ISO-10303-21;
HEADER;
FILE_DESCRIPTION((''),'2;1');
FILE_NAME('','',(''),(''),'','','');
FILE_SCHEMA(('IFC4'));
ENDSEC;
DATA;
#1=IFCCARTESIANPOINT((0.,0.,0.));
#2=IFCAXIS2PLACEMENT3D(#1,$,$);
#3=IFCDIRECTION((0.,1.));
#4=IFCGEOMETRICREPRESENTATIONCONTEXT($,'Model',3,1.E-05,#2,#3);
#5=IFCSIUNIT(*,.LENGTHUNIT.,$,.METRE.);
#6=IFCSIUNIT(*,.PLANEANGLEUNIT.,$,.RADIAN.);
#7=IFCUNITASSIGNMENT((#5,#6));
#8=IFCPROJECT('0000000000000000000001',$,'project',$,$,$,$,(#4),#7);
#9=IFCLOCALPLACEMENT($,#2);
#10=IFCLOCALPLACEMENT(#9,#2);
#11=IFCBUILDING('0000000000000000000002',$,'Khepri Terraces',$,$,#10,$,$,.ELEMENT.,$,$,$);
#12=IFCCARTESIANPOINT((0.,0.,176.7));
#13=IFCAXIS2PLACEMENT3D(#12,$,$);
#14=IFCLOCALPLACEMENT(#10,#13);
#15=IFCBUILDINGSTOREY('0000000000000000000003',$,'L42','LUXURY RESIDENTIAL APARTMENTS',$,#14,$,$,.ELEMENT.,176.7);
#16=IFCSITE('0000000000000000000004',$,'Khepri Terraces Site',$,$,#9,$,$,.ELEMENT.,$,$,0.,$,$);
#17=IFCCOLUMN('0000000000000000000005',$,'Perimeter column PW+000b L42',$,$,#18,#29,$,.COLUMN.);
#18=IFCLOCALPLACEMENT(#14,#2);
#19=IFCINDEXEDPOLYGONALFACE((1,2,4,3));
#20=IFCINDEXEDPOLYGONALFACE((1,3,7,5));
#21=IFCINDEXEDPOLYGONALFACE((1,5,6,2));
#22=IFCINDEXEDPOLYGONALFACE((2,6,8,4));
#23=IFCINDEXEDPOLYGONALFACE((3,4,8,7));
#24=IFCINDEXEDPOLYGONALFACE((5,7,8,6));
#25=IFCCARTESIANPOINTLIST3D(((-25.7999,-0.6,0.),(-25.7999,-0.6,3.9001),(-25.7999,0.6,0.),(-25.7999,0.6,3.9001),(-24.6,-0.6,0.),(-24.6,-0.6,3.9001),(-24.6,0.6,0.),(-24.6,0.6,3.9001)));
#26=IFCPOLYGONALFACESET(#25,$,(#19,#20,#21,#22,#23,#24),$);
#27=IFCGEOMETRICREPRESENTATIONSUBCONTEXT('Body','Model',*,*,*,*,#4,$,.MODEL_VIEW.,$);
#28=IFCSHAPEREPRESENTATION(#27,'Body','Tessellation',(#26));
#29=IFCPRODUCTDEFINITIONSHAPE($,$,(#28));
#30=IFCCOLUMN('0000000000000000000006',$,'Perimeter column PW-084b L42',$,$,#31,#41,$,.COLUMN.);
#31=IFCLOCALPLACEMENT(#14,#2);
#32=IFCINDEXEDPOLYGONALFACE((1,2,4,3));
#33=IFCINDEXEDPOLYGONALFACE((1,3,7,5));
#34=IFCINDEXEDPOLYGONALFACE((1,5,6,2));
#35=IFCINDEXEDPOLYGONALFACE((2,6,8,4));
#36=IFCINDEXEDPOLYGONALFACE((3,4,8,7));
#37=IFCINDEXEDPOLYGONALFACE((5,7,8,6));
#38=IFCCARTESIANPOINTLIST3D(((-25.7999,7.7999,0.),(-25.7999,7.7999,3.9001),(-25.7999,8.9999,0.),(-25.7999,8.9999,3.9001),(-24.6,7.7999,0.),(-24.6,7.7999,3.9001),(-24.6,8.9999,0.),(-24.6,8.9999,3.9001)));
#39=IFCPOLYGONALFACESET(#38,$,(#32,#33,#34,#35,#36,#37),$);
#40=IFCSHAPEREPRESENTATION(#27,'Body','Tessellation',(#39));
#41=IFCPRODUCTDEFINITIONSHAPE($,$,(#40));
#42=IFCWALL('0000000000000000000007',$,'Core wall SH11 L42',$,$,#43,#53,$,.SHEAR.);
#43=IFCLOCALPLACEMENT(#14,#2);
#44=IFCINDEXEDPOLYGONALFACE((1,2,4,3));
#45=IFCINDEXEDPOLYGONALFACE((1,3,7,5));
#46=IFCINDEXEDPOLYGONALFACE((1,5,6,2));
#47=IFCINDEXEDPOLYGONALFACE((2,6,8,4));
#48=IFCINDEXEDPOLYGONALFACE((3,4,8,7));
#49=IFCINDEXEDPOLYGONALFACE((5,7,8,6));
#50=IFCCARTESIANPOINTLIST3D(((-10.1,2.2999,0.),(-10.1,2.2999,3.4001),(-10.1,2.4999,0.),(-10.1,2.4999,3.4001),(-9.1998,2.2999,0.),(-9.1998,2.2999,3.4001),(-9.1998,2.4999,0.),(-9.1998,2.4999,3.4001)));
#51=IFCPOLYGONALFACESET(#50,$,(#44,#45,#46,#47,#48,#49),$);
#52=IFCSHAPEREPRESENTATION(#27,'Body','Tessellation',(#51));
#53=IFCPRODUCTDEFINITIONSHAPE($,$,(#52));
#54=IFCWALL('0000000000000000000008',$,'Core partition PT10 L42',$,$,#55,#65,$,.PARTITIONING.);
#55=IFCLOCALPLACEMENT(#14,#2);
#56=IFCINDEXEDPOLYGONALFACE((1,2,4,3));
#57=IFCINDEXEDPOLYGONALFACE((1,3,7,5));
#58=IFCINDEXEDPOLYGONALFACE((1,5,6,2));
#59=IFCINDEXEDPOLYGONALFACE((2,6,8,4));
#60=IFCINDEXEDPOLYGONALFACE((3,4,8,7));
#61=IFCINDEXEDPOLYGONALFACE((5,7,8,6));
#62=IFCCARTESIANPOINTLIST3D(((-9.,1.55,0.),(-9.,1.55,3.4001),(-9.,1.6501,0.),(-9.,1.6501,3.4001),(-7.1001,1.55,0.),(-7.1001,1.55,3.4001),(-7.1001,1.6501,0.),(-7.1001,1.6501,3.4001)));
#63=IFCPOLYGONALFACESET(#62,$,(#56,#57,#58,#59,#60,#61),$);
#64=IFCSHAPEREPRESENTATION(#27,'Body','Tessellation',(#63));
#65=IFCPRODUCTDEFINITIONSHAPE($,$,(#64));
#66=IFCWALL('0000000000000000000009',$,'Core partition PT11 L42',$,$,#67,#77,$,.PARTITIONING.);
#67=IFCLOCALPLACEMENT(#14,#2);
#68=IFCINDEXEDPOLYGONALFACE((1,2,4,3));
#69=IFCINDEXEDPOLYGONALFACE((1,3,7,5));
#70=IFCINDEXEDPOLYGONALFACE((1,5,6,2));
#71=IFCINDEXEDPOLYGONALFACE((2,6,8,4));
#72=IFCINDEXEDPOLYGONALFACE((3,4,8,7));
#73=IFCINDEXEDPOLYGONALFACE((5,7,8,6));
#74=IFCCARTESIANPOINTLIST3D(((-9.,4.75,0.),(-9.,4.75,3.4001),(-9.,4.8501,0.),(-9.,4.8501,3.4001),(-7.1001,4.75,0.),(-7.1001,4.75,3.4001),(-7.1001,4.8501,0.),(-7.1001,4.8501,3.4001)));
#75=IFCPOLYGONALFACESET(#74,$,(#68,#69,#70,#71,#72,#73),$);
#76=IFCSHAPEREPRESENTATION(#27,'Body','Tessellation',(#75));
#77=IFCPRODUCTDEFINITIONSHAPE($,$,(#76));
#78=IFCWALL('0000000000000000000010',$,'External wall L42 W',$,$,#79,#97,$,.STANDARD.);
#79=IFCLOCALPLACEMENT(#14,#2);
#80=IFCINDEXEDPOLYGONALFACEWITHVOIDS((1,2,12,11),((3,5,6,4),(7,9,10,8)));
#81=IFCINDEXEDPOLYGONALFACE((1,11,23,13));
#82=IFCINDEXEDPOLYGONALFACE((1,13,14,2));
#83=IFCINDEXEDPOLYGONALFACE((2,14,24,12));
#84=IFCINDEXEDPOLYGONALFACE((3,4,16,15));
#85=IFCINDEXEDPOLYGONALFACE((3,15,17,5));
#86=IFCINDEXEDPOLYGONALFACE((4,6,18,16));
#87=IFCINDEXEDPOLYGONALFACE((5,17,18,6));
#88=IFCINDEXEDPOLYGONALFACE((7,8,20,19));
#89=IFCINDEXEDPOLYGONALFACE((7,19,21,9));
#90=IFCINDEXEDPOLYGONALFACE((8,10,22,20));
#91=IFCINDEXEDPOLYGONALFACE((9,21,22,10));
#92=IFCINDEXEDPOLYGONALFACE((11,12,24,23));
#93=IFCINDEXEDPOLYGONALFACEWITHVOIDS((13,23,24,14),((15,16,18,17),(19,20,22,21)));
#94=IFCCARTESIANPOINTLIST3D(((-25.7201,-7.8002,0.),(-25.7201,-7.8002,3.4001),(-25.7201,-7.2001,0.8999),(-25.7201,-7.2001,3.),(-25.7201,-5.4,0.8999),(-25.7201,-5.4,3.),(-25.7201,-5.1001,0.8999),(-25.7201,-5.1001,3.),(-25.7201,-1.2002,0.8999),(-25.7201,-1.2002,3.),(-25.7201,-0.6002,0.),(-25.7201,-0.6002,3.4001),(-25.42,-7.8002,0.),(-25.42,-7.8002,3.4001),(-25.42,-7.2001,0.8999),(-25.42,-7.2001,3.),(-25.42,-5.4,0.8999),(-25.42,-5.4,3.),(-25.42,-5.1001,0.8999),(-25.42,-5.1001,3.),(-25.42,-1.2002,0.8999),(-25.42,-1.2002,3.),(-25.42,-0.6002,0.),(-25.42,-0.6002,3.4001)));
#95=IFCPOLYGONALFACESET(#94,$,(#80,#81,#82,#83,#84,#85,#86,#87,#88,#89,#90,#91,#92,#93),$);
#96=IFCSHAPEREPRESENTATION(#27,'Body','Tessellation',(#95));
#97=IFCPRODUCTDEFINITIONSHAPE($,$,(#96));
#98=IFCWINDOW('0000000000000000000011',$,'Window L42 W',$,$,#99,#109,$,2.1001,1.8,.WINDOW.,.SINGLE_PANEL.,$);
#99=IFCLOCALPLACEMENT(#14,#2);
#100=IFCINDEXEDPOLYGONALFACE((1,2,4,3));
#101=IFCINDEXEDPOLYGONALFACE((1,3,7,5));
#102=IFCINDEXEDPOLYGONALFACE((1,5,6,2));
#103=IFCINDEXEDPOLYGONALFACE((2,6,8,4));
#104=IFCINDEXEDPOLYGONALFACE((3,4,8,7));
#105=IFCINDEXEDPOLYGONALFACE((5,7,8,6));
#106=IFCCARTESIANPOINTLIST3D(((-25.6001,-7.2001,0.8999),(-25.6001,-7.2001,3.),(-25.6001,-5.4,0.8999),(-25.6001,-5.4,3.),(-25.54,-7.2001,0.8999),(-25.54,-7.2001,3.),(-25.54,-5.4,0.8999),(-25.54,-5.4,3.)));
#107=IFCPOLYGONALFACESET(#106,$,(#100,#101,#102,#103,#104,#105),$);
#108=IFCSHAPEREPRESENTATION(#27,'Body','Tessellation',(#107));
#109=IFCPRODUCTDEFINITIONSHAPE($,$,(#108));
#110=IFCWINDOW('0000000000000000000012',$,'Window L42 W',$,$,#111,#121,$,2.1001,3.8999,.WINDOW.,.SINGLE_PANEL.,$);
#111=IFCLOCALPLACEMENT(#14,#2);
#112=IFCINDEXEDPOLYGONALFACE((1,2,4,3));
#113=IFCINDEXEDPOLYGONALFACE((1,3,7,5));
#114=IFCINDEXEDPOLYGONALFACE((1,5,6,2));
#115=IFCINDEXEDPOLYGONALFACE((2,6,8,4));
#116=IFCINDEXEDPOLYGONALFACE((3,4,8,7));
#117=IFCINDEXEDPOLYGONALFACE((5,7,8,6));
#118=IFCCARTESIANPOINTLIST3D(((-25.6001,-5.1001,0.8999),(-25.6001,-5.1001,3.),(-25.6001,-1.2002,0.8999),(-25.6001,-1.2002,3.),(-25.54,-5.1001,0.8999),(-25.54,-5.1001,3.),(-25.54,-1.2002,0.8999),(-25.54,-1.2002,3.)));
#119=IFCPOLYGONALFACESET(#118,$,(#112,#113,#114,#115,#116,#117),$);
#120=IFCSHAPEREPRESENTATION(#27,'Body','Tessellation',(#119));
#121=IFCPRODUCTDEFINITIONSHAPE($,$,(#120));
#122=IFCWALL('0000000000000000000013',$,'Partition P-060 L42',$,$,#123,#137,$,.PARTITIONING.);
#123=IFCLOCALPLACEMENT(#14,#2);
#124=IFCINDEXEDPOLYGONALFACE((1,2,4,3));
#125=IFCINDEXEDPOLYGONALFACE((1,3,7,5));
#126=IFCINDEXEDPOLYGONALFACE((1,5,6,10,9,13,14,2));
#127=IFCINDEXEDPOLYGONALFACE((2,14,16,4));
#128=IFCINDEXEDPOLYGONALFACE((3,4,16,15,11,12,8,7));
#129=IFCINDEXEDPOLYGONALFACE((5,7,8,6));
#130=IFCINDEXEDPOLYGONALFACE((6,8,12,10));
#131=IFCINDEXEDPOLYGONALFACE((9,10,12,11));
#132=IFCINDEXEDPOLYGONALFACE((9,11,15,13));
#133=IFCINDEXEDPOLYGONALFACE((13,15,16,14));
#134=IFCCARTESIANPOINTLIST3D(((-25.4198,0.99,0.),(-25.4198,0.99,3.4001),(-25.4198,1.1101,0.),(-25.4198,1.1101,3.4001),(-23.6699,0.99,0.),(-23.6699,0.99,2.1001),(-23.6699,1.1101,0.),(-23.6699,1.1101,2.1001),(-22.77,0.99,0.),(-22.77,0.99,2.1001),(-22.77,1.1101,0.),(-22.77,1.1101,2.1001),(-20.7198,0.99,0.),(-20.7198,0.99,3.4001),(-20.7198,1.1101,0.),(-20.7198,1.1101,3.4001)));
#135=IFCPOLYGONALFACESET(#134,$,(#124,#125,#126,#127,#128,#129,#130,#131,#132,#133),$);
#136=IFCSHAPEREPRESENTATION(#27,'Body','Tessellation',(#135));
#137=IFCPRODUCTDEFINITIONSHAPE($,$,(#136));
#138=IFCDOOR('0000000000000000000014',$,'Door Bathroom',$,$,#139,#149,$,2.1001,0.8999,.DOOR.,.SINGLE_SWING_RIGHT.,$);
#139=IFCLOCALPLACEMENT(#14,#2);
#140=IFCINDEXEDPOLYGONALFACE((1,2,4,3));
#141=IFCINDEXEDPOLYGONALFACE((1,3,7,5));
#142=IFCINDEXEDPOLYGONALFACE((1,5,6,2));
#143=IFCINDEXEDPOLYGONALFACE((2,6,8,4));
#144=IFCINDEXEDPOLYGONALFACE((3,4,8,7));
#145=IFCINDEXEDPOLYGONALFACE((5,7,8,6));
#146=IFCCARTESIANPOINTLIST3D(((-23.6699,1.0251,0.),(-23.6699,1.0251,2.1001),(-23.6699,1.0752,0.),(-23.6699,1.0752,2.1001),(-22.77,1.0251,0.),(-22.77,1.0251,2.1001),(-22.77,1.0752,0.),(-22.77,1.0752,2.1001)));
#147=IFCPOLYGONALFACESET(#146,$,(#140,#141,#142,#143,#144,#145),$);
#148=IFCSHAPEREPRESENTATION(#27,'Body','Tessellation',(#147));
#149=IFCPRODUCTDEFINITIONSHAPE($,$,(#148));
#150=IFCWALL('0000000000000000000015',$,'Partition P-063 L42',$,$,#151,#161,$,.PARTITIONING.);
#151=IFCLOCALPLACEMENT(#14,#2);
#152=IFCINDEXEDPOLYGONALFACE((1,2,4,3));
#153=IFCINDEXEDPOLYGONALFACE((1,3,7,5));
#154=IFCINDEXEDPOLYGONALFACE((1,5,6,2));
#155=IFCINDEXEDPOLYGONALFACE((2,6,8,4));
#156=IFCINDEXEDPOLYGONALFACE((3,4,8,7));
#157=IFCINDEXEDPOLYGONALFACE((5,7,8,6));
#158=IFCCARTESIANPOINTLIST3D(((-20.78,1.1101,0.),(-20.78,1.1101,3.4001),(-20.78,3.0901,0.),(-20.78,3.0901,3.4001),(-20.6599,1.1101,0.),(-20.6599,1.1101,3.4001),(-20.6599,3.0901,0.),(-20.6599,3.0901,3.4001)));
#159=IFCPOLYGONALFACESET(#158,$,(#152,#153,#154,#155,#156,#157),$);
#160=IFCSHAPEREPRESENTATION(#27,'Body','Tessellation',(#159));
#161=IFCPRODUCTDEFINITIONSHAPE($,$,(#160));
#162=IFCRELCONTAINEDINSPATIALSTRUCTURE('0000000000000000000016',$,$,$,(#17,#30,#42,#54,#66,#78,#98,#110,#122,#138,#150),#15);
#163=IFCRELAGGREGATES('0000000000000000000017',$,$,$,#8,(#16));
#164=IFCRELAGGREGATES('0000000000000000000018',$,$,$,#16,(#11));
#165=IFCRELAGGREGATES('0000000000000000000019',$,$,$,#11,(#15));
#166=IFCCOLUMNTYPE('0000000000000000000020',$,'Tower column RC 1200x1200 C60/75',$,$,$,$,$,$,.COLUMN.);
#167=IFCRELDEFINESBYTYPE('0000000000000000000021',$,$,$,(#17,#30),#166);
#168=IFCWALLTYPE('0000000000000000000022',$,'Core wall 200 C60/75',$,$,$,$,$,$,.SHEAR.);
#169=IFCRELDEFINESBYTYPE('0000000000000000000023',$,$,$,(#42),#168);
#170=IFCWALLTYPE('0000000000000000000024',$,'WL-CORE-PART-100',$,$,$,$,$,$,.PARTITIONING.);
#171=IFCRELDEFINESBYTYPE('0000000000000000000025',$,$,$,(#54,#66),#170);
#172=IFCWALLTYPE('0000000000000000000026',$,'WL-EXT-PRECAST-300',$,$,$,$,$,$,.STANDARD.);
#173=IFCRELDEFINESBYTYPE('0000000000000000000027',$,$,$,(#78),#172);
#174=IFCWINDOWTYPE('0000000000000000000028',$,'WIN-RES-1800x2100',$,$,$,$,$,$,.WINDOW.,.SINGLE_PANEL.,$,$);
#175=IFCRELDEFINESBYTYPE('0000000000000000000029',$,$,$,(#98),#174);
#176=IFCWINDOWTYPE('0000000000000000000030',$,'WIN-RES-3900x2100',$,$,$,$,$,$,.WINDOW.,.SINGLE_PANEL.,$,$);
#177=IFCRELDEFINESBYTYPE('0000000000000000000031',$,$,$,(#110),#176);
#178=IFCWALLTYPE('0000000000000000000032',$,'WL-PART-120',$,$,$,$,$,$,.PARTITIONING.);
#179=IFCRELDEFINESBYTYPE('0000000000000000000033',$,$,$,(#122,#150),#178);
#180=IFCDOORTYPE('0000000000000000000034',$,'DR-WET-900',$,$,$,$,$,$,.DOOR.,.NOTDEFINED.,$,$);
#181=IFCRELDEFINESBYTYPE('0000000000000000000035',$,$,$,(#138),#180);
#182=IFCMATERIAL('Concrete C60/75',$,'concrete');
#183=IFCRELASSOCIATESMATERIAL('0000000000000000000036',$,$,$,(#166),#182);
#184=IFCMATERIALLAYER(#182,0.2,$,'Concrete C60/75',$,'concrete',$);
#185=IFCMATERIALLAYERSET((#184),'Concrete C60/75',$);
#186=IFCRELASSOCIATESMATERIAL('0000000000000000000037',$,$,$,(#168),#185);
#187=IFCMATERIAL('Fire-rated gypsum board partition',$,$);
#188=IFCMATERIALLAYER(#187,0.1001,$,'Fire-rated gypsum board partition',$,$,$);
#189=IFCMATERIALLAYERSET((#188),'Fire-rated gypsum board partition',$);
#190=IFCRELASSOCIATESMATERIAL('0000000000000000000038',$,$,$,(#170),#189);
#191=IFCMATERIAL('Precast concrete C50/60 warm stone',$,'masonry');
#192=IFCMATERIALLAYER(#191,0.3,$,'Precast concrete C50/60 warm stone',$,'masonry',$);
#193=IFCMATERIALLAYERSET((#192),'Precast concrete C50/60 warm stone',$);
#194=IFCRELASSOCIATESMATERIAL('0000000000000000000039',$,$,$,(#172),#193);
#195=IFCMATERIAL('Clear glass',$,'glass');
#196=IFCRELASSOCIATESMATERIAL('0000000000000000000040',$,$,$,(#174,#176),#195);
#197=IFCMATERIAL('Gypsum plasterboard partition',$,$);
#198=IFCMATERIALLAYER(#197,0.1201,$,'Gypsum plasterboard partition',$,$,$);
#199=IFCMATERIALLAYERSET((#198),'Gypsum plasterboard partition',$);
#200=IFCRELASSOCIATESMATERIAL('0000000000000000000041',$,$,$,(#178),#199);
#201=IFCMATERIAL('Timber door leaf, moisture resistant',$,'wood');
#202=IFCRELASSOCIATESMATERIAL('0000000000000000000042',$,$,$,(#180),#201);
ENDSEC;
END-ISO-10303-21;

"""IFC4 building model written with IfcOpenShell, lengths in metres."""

from ifc_helpers import new_model, si_unit, direction, frame, frame_2d, origin, origin_2d, place, context, subcontext, project, spatial, rectangle, extrude, material, layer, layer_set, material_profile, profile_set, type_object, element, fill, save


model = new_model("IFC4")

# Units and contexts
model_context = context("Model", 3, precision=1e-05, world=origin(), true_north=direction((0.0, 1.0)))
body_context = subcontext(model_context, "Body", "Model", "MODEL_VIEW")
ifc_project = project(units=[si_unit("LENGTHUNIT", "METRE"), si_unit("PLANEANGLEUNIT", "RADIAN")], contexts=[model_context])

# Site, building, storey
site_placement = place(None, origin())
site = spatial("IfcSite", under=ifc_project, at=site_placement, Name="Khepri Terraces Site", CompositionType="ELEMENT", RefElevation=0.0)
building_placement = place(site_placement, origin())
building = spatial("IfcBuilding", under=site, at=building_placement, Name="Khepri Terraces", CompositionType="ELEMENT")
storey_placement = place(building_placement, frame((0.0, 0.0, 176.7)))
storey = spatial("IfcBuildingStorey", under=building, at=storey_placement, Name="L42", Description="LUXURY RESIDENTIAL APARTMENTS", CompositionType="ELEMENT", Elevation=176.7)

# Columns
ifc_material_1 = material(Name="Concrete C60/75", Category="concrete")
ifc_material_profile = material_profile(ifc_material_1, rectangle(XDim=1.2, YDim=1.2, at=origin_2d()), Name="Concrete C60/75", Category="concrete")
ifc_profile_set = profile_set([ifc_material_profile], Name="Concrete C60/75")
column_type = type_object("IfcColumnType", Name="Tower column RC 1200x1200 C60/75", PredefinedType="COLUMN", material=ifc_profile_set)
for number, where, z_axis, x_axis, name in (
    (1, (-25.2, 0.0, 0.0), (0.0, 0.0, 1.0), (1.0, 0.0, 0.0), "Perimeter column PW+000b L42"),
    (2, (-25.2, 8.3999, 0.0), (0.0, 0.0, 1.0), (1.0, 0.0, 0.0), "Perimeter column PW-084b L42"),
):
    element("IfcColumn", number, at=place(storey_placement, frame(where, z_axis=z_axis, x_axis=x_axis)), inside=storey, type_object=column_type, Name=name, PredefinedType="COLUMN", context=body_context, shape_type="SweptSolid", body=[
        extrude(rectangle(XDim=1.2, YDim=1.2, at=origin_2d()), origin(), (0.0, 0.0, 1.0), 3.9001),
    ])

# Walls
ifc_layer_1 = layer(ifc_material_1, 0.2, Name="Concrete C60/75", Category="concrete")
ifc_layer_set_1 = layer_set([ifc_layer_1], Name="Concrete C60/75")
wall_type_1 = type_object("IfcWallType", Name="Core wall 200 C60/75", PredefinedType="SHEAR", material=ifc_layer_set_1)
wall_1_placement = place(storey_placement, frame((-10.1001, 2.3999, 0.0), z_axis=(0.0, 0.0, 1.0), x_axis=(1.0, 0.0, 0.0)))
element("IfcWall", 3, at=wall_1_placement, inside=storey, type_object=wall_type_1, Name="Core wall SH11 L42", PredefinedType="SHEAR", context=body_context, shape_type="SweptSolid", body=[
    extrude(rectangle(XDim=0.9001, YDim=0.2, at=frame_2d((0.4502, 0.0))), origin(), (0.0, 0.0, 1.0), 3.4001),
])
ifc_material_2 = material(Name="Fire-rated gypsum board partition")
ifc_layer_2 = layer(ifc_material_2, 0.1001, Name="Fire-rated gypsum board partition")
ifc_layer_set_2 = layer_set([ifc_layer_2], Name="Fire-rated gypsum board partition")
wall_type_2 = type_object("IfcWallType", Name="WL-CORE-PART-100", PredefinedType="PARTITIONING", material=ifc_layer_set_2)
for number, where, z_axis, x_axis, name in (
    (4, (-9.0, 1.6001, 0.0), (0.0, 0.0, 1.0), (1.0, 0.0, 0.0), "Core partition PT10 L42"),
    (5, (-9.0, 4.8, 0.0), (0.0, 0.0, 1.0), (1.0, 0.0, 0.0), "Core partition PT11 L42"),
):
    element("IfcWall", number, at=place(storey_placement, frame(where, z_axis=z_axis, x_axis=x_axis)), inside=storey, type_object=wall_type_2, Name=name, PredefinedType="PARTITIONING", context=body_context, shape_type="SweptSolid", body=[
        extrude(rectangle(XDim=1.8999, YDim=0.1001, at=frame_2d((0.95, 0.0))), origin(), (0.0, 0.0, 1.0), 3.4001),
    ])

# Shared definitions
ifc_material_3 = material(Name="Precast concrete C50/60 warm stone", Category="masonry")
ifc_layer_3 = layer(ifc_material_3, 0.3, Name="Precast concrete C50/60 warm stone", Category="masonry")
ifc_layer_set_3 = layer_set([ifc_layer_3], Name="Precast concrete C50/60 warm stone")
wall_type_3 = type_object("IfcWallType", Name="WL-EXT-PRECAST-300", PredefinedType="STANDARD", material=ifc_layer_set_3)
ifc_material_4 = material(Name="Clear glass", Category="glass")
window_type_1 = type_object("IfcWindowType", Name="WIN-RES-1800x2100", PartitioningType="SINGLE_PANEL", PredefinedType="WINDOW", material=ifc_material_4)

# Wall, openings, windows
wall_2_placement = place(storey_placement, frame((-25.5701, -0.6001, 0.0), z_axis=(0.0, 0.0, 1.0), x_axis=(0.0, -1.0, 0.0)))
wall_2 = element("IfcWall", 6, at=wall_2_placement, inside=storey, type_object=wall_type_3, Name="External wall L42 W", PredefinedType="STANDARD", context=body_context, shape_type="SweptSolid", body=[
    extrude(rectangle(XDim=7.2, YDim=0.3, at=frame_2d((3.6001, 0.0))), origin(), (0.0, 0.0, 1.0), 3.4001),
])
opening_1_placement = place(wall_2_placement, frame((0.6001, 0.0, 0.8999)))
opening_1 = element("IfcOpeningElement", 7, at=opening_1_placement, cuts=wall_2, PredefinedType="OPENING", context=body_context, shape_type="SweptSolid", body=[
    extrude(rectangle(XDim=3.8999, YDim=2.1001, at=frame_2d((1.95, 1.05))), frame((0.0, 0.1602, 0.0), z_axis=(0.0, -1.0, 0.0), x_axis=(1.0, 0.0, 0.0)), (0.0, 0.0, 1.0), 0.3201),
])
opening_2_placement = place(wall_2_placement, frame((4.8, 0.0, 0.8999)))
opening_2 = element("IfcOpeningElement", 8, at=opening_2_placement, cuts=wall_2, PredefinedType="OPENING", context=body_context, shape_type="SweptSolid", body=[
    extrude(rectangle(XDim=1.8, YDim=2.1001, at=frame_2d((0.8999, 1.05))), frame((0.0, 0.1602, 0.0), z_axis=(0.0, -1.0, 0.0), x_axis=(1.0, 0.0, 0.0)), (0.0, 0.0, 1.0), 0.3201),
])
window_1_placement = place(opening_2_placement, origin())
window_1 = element("IfcWindow", 9, at=window_1_placement, inside=storey, type_object=window_type_1, Name="Window L42 W", OverallHeight=2.1001, OverallWidth=1.8, PartitioningType="SINGLE_PANEL", PredefinedType="WINDOW", context=body_context, shape_type="SweptSolid", body=[
    extrude(rectangle(XDim=1.8, YDim=2.1001, at=frame_2d((0.8999, 1.05))), frame((0.0, 0.03, 0.0), z_axis=(0.0, -1.0, 0.0), x_axis=(1.0, 0.0, 0.0)), (0.0, 0.0, 1.0), 0.0601),
])
fill(opening_2, window_1)
window_type_2 = type_object("IfcWindowType", Name="WIN-RES-3900x2100", PartitioningType="SINGLE_PANEL", PredefinedType="WINDOW", material=ifc_material_4)
window_2_placement = place(opening_1_placement, origin())
window_2 = element("IfcWindow", 10, at=window_2_placement, inside=storey, type_object=window_type_2, Name="Window L42 W", OverallHeight=2.1001, OverallWidth=3.8999, PartitioningType="SINGLE_PANEL", PredefinedType="WINDOW", context=body_context, shape_type="SweptSolid", body=[
    extrude(rectangle(XDim=3.8999, YDim=2.1001, at=frame_2d((1.95, 1.05))), frame((0.0, 0.03, 0.0), z_axis=(0.0, -1.0, 0.0), x_axis=(1.0, 0.0, 0.0)), (0.0, 0.0, 1.0), 0.0601),
])
fill(opening_1, window_2)

# Wall, opening, door
ifc_material_5 = material(Name="Gypsum plasterboard partition")
ifc_layer_4 = layer(ifc_material_5, 0.1201, Name="Gypsum plasterboard partition")
ifc_layer_set_4 = layer_set([ifc_layer_4], Name="Gypsum plasterboard partition")
wall_type_4 = type_object("IfcWallType", Name="WL-PART-120", PredefinedType="PARTITIONING", material=ifc_layer_set_4)
wall_3_placement = place(storey_placement, frame((-25.4199, 1.05, 0.0), z_axis=(0.0, 0.0, 1.0), x_axis=(1.0, 0.0, 0.0)))
wall_3 = element("IfcWall", 11, at=wall_3_placement, inside=storey, type_object=wall_type_4, Name="Partition P-060 L42", PredefinedType="PARTITIONING", context=body_context, shape_type="SweptSolid", body=[
    extrude(rectangle(XDim=4.7, YDim=0.1201, at=frame_2d((2.3501, 0.0))), origin(), (0.0, 0.0, 1.0), 3.4001),
])
opening_3_placement = place(wall_3_placement, frame((1.75, 0.0, 0.0)))
opening_3 = element("IfcOpeningElement", 12, at=opening_3_placement, cuts=wall_3, PredefinedType="OPENING", context=body_context, shape_type="SweptSolid", body=[
    extrude(rectangle(XDim=0.8999, YDim=2.1001, at=frame_2d((0.45, 1.05))), frame((0.0, 0.0701, 0.0), z_axis=(0.0, -1.0, 0.0), x_axis=(1.0, 0.0, 0.0)), (0.0, 0.0, 1.0), 0.1401),
])
ifc_material_6 = material(Name="Timber door leaf, moisture resistant", Category="wood")
door_type_1 = type_object("IfcDoorType", Name="DR-WET-900", OperationType="NOTDEFINED", PredefinedType="DOOR", material=ifc_material_6)
door_1_placement = place(opening_3_placement, frame((0.8999, 0.0, 0.0), z_axis=(0.0, 0.0, 1.0), x_axis=(-1.0, 0.0, 0.0)))
door_1 = element("IfcDoor", 13, at=door_1_placement, inside=storey, type_object=door_type_1, Name="Door Bathroom", OperationType="SINGLE_SWING_RIGHT", OverallHeight=2.1001, OverallWidth=0.8999, PredefinedType="DOOR", context=body_context, shape_type="SweptSolid", body=[
    extrude(rectangle(XDim=0.8999, YDim=2.1001, at=frame_2d((0.45, 1.05))), frame((0.0, 0.0249, 0.0), z_axis=(0.0, -1.0, 0.0), x_axis=(1.0, 0.0, 0.0)), (0.0, 0.0, 1.0), 0.05),
])
fill(opening_3, door_1)

# Wall
wall_4_placement = place(storey_placement, frame((-20.72, 1.1101, 0.0), z_axis=(0.0, 0.0, 1.0), x_axis=(0.0, 1.0, 0.0)))
element("IfcWall", 14, at=wall_4_placement, inside=storey, type_object=wall_type_4, Name="Partition P-063 L42", PredefinedType="PARTITIONING", context=body_context, shape_type="SweptSolid", body=[
    extrude(rectangle(XDim=1.98, YDim=0.1201, at=frame_2d((0.99, 0.0))), origin(), (0.0, 0.0, 1.0), 3.4001),
])

save(model, "model.ifc")
